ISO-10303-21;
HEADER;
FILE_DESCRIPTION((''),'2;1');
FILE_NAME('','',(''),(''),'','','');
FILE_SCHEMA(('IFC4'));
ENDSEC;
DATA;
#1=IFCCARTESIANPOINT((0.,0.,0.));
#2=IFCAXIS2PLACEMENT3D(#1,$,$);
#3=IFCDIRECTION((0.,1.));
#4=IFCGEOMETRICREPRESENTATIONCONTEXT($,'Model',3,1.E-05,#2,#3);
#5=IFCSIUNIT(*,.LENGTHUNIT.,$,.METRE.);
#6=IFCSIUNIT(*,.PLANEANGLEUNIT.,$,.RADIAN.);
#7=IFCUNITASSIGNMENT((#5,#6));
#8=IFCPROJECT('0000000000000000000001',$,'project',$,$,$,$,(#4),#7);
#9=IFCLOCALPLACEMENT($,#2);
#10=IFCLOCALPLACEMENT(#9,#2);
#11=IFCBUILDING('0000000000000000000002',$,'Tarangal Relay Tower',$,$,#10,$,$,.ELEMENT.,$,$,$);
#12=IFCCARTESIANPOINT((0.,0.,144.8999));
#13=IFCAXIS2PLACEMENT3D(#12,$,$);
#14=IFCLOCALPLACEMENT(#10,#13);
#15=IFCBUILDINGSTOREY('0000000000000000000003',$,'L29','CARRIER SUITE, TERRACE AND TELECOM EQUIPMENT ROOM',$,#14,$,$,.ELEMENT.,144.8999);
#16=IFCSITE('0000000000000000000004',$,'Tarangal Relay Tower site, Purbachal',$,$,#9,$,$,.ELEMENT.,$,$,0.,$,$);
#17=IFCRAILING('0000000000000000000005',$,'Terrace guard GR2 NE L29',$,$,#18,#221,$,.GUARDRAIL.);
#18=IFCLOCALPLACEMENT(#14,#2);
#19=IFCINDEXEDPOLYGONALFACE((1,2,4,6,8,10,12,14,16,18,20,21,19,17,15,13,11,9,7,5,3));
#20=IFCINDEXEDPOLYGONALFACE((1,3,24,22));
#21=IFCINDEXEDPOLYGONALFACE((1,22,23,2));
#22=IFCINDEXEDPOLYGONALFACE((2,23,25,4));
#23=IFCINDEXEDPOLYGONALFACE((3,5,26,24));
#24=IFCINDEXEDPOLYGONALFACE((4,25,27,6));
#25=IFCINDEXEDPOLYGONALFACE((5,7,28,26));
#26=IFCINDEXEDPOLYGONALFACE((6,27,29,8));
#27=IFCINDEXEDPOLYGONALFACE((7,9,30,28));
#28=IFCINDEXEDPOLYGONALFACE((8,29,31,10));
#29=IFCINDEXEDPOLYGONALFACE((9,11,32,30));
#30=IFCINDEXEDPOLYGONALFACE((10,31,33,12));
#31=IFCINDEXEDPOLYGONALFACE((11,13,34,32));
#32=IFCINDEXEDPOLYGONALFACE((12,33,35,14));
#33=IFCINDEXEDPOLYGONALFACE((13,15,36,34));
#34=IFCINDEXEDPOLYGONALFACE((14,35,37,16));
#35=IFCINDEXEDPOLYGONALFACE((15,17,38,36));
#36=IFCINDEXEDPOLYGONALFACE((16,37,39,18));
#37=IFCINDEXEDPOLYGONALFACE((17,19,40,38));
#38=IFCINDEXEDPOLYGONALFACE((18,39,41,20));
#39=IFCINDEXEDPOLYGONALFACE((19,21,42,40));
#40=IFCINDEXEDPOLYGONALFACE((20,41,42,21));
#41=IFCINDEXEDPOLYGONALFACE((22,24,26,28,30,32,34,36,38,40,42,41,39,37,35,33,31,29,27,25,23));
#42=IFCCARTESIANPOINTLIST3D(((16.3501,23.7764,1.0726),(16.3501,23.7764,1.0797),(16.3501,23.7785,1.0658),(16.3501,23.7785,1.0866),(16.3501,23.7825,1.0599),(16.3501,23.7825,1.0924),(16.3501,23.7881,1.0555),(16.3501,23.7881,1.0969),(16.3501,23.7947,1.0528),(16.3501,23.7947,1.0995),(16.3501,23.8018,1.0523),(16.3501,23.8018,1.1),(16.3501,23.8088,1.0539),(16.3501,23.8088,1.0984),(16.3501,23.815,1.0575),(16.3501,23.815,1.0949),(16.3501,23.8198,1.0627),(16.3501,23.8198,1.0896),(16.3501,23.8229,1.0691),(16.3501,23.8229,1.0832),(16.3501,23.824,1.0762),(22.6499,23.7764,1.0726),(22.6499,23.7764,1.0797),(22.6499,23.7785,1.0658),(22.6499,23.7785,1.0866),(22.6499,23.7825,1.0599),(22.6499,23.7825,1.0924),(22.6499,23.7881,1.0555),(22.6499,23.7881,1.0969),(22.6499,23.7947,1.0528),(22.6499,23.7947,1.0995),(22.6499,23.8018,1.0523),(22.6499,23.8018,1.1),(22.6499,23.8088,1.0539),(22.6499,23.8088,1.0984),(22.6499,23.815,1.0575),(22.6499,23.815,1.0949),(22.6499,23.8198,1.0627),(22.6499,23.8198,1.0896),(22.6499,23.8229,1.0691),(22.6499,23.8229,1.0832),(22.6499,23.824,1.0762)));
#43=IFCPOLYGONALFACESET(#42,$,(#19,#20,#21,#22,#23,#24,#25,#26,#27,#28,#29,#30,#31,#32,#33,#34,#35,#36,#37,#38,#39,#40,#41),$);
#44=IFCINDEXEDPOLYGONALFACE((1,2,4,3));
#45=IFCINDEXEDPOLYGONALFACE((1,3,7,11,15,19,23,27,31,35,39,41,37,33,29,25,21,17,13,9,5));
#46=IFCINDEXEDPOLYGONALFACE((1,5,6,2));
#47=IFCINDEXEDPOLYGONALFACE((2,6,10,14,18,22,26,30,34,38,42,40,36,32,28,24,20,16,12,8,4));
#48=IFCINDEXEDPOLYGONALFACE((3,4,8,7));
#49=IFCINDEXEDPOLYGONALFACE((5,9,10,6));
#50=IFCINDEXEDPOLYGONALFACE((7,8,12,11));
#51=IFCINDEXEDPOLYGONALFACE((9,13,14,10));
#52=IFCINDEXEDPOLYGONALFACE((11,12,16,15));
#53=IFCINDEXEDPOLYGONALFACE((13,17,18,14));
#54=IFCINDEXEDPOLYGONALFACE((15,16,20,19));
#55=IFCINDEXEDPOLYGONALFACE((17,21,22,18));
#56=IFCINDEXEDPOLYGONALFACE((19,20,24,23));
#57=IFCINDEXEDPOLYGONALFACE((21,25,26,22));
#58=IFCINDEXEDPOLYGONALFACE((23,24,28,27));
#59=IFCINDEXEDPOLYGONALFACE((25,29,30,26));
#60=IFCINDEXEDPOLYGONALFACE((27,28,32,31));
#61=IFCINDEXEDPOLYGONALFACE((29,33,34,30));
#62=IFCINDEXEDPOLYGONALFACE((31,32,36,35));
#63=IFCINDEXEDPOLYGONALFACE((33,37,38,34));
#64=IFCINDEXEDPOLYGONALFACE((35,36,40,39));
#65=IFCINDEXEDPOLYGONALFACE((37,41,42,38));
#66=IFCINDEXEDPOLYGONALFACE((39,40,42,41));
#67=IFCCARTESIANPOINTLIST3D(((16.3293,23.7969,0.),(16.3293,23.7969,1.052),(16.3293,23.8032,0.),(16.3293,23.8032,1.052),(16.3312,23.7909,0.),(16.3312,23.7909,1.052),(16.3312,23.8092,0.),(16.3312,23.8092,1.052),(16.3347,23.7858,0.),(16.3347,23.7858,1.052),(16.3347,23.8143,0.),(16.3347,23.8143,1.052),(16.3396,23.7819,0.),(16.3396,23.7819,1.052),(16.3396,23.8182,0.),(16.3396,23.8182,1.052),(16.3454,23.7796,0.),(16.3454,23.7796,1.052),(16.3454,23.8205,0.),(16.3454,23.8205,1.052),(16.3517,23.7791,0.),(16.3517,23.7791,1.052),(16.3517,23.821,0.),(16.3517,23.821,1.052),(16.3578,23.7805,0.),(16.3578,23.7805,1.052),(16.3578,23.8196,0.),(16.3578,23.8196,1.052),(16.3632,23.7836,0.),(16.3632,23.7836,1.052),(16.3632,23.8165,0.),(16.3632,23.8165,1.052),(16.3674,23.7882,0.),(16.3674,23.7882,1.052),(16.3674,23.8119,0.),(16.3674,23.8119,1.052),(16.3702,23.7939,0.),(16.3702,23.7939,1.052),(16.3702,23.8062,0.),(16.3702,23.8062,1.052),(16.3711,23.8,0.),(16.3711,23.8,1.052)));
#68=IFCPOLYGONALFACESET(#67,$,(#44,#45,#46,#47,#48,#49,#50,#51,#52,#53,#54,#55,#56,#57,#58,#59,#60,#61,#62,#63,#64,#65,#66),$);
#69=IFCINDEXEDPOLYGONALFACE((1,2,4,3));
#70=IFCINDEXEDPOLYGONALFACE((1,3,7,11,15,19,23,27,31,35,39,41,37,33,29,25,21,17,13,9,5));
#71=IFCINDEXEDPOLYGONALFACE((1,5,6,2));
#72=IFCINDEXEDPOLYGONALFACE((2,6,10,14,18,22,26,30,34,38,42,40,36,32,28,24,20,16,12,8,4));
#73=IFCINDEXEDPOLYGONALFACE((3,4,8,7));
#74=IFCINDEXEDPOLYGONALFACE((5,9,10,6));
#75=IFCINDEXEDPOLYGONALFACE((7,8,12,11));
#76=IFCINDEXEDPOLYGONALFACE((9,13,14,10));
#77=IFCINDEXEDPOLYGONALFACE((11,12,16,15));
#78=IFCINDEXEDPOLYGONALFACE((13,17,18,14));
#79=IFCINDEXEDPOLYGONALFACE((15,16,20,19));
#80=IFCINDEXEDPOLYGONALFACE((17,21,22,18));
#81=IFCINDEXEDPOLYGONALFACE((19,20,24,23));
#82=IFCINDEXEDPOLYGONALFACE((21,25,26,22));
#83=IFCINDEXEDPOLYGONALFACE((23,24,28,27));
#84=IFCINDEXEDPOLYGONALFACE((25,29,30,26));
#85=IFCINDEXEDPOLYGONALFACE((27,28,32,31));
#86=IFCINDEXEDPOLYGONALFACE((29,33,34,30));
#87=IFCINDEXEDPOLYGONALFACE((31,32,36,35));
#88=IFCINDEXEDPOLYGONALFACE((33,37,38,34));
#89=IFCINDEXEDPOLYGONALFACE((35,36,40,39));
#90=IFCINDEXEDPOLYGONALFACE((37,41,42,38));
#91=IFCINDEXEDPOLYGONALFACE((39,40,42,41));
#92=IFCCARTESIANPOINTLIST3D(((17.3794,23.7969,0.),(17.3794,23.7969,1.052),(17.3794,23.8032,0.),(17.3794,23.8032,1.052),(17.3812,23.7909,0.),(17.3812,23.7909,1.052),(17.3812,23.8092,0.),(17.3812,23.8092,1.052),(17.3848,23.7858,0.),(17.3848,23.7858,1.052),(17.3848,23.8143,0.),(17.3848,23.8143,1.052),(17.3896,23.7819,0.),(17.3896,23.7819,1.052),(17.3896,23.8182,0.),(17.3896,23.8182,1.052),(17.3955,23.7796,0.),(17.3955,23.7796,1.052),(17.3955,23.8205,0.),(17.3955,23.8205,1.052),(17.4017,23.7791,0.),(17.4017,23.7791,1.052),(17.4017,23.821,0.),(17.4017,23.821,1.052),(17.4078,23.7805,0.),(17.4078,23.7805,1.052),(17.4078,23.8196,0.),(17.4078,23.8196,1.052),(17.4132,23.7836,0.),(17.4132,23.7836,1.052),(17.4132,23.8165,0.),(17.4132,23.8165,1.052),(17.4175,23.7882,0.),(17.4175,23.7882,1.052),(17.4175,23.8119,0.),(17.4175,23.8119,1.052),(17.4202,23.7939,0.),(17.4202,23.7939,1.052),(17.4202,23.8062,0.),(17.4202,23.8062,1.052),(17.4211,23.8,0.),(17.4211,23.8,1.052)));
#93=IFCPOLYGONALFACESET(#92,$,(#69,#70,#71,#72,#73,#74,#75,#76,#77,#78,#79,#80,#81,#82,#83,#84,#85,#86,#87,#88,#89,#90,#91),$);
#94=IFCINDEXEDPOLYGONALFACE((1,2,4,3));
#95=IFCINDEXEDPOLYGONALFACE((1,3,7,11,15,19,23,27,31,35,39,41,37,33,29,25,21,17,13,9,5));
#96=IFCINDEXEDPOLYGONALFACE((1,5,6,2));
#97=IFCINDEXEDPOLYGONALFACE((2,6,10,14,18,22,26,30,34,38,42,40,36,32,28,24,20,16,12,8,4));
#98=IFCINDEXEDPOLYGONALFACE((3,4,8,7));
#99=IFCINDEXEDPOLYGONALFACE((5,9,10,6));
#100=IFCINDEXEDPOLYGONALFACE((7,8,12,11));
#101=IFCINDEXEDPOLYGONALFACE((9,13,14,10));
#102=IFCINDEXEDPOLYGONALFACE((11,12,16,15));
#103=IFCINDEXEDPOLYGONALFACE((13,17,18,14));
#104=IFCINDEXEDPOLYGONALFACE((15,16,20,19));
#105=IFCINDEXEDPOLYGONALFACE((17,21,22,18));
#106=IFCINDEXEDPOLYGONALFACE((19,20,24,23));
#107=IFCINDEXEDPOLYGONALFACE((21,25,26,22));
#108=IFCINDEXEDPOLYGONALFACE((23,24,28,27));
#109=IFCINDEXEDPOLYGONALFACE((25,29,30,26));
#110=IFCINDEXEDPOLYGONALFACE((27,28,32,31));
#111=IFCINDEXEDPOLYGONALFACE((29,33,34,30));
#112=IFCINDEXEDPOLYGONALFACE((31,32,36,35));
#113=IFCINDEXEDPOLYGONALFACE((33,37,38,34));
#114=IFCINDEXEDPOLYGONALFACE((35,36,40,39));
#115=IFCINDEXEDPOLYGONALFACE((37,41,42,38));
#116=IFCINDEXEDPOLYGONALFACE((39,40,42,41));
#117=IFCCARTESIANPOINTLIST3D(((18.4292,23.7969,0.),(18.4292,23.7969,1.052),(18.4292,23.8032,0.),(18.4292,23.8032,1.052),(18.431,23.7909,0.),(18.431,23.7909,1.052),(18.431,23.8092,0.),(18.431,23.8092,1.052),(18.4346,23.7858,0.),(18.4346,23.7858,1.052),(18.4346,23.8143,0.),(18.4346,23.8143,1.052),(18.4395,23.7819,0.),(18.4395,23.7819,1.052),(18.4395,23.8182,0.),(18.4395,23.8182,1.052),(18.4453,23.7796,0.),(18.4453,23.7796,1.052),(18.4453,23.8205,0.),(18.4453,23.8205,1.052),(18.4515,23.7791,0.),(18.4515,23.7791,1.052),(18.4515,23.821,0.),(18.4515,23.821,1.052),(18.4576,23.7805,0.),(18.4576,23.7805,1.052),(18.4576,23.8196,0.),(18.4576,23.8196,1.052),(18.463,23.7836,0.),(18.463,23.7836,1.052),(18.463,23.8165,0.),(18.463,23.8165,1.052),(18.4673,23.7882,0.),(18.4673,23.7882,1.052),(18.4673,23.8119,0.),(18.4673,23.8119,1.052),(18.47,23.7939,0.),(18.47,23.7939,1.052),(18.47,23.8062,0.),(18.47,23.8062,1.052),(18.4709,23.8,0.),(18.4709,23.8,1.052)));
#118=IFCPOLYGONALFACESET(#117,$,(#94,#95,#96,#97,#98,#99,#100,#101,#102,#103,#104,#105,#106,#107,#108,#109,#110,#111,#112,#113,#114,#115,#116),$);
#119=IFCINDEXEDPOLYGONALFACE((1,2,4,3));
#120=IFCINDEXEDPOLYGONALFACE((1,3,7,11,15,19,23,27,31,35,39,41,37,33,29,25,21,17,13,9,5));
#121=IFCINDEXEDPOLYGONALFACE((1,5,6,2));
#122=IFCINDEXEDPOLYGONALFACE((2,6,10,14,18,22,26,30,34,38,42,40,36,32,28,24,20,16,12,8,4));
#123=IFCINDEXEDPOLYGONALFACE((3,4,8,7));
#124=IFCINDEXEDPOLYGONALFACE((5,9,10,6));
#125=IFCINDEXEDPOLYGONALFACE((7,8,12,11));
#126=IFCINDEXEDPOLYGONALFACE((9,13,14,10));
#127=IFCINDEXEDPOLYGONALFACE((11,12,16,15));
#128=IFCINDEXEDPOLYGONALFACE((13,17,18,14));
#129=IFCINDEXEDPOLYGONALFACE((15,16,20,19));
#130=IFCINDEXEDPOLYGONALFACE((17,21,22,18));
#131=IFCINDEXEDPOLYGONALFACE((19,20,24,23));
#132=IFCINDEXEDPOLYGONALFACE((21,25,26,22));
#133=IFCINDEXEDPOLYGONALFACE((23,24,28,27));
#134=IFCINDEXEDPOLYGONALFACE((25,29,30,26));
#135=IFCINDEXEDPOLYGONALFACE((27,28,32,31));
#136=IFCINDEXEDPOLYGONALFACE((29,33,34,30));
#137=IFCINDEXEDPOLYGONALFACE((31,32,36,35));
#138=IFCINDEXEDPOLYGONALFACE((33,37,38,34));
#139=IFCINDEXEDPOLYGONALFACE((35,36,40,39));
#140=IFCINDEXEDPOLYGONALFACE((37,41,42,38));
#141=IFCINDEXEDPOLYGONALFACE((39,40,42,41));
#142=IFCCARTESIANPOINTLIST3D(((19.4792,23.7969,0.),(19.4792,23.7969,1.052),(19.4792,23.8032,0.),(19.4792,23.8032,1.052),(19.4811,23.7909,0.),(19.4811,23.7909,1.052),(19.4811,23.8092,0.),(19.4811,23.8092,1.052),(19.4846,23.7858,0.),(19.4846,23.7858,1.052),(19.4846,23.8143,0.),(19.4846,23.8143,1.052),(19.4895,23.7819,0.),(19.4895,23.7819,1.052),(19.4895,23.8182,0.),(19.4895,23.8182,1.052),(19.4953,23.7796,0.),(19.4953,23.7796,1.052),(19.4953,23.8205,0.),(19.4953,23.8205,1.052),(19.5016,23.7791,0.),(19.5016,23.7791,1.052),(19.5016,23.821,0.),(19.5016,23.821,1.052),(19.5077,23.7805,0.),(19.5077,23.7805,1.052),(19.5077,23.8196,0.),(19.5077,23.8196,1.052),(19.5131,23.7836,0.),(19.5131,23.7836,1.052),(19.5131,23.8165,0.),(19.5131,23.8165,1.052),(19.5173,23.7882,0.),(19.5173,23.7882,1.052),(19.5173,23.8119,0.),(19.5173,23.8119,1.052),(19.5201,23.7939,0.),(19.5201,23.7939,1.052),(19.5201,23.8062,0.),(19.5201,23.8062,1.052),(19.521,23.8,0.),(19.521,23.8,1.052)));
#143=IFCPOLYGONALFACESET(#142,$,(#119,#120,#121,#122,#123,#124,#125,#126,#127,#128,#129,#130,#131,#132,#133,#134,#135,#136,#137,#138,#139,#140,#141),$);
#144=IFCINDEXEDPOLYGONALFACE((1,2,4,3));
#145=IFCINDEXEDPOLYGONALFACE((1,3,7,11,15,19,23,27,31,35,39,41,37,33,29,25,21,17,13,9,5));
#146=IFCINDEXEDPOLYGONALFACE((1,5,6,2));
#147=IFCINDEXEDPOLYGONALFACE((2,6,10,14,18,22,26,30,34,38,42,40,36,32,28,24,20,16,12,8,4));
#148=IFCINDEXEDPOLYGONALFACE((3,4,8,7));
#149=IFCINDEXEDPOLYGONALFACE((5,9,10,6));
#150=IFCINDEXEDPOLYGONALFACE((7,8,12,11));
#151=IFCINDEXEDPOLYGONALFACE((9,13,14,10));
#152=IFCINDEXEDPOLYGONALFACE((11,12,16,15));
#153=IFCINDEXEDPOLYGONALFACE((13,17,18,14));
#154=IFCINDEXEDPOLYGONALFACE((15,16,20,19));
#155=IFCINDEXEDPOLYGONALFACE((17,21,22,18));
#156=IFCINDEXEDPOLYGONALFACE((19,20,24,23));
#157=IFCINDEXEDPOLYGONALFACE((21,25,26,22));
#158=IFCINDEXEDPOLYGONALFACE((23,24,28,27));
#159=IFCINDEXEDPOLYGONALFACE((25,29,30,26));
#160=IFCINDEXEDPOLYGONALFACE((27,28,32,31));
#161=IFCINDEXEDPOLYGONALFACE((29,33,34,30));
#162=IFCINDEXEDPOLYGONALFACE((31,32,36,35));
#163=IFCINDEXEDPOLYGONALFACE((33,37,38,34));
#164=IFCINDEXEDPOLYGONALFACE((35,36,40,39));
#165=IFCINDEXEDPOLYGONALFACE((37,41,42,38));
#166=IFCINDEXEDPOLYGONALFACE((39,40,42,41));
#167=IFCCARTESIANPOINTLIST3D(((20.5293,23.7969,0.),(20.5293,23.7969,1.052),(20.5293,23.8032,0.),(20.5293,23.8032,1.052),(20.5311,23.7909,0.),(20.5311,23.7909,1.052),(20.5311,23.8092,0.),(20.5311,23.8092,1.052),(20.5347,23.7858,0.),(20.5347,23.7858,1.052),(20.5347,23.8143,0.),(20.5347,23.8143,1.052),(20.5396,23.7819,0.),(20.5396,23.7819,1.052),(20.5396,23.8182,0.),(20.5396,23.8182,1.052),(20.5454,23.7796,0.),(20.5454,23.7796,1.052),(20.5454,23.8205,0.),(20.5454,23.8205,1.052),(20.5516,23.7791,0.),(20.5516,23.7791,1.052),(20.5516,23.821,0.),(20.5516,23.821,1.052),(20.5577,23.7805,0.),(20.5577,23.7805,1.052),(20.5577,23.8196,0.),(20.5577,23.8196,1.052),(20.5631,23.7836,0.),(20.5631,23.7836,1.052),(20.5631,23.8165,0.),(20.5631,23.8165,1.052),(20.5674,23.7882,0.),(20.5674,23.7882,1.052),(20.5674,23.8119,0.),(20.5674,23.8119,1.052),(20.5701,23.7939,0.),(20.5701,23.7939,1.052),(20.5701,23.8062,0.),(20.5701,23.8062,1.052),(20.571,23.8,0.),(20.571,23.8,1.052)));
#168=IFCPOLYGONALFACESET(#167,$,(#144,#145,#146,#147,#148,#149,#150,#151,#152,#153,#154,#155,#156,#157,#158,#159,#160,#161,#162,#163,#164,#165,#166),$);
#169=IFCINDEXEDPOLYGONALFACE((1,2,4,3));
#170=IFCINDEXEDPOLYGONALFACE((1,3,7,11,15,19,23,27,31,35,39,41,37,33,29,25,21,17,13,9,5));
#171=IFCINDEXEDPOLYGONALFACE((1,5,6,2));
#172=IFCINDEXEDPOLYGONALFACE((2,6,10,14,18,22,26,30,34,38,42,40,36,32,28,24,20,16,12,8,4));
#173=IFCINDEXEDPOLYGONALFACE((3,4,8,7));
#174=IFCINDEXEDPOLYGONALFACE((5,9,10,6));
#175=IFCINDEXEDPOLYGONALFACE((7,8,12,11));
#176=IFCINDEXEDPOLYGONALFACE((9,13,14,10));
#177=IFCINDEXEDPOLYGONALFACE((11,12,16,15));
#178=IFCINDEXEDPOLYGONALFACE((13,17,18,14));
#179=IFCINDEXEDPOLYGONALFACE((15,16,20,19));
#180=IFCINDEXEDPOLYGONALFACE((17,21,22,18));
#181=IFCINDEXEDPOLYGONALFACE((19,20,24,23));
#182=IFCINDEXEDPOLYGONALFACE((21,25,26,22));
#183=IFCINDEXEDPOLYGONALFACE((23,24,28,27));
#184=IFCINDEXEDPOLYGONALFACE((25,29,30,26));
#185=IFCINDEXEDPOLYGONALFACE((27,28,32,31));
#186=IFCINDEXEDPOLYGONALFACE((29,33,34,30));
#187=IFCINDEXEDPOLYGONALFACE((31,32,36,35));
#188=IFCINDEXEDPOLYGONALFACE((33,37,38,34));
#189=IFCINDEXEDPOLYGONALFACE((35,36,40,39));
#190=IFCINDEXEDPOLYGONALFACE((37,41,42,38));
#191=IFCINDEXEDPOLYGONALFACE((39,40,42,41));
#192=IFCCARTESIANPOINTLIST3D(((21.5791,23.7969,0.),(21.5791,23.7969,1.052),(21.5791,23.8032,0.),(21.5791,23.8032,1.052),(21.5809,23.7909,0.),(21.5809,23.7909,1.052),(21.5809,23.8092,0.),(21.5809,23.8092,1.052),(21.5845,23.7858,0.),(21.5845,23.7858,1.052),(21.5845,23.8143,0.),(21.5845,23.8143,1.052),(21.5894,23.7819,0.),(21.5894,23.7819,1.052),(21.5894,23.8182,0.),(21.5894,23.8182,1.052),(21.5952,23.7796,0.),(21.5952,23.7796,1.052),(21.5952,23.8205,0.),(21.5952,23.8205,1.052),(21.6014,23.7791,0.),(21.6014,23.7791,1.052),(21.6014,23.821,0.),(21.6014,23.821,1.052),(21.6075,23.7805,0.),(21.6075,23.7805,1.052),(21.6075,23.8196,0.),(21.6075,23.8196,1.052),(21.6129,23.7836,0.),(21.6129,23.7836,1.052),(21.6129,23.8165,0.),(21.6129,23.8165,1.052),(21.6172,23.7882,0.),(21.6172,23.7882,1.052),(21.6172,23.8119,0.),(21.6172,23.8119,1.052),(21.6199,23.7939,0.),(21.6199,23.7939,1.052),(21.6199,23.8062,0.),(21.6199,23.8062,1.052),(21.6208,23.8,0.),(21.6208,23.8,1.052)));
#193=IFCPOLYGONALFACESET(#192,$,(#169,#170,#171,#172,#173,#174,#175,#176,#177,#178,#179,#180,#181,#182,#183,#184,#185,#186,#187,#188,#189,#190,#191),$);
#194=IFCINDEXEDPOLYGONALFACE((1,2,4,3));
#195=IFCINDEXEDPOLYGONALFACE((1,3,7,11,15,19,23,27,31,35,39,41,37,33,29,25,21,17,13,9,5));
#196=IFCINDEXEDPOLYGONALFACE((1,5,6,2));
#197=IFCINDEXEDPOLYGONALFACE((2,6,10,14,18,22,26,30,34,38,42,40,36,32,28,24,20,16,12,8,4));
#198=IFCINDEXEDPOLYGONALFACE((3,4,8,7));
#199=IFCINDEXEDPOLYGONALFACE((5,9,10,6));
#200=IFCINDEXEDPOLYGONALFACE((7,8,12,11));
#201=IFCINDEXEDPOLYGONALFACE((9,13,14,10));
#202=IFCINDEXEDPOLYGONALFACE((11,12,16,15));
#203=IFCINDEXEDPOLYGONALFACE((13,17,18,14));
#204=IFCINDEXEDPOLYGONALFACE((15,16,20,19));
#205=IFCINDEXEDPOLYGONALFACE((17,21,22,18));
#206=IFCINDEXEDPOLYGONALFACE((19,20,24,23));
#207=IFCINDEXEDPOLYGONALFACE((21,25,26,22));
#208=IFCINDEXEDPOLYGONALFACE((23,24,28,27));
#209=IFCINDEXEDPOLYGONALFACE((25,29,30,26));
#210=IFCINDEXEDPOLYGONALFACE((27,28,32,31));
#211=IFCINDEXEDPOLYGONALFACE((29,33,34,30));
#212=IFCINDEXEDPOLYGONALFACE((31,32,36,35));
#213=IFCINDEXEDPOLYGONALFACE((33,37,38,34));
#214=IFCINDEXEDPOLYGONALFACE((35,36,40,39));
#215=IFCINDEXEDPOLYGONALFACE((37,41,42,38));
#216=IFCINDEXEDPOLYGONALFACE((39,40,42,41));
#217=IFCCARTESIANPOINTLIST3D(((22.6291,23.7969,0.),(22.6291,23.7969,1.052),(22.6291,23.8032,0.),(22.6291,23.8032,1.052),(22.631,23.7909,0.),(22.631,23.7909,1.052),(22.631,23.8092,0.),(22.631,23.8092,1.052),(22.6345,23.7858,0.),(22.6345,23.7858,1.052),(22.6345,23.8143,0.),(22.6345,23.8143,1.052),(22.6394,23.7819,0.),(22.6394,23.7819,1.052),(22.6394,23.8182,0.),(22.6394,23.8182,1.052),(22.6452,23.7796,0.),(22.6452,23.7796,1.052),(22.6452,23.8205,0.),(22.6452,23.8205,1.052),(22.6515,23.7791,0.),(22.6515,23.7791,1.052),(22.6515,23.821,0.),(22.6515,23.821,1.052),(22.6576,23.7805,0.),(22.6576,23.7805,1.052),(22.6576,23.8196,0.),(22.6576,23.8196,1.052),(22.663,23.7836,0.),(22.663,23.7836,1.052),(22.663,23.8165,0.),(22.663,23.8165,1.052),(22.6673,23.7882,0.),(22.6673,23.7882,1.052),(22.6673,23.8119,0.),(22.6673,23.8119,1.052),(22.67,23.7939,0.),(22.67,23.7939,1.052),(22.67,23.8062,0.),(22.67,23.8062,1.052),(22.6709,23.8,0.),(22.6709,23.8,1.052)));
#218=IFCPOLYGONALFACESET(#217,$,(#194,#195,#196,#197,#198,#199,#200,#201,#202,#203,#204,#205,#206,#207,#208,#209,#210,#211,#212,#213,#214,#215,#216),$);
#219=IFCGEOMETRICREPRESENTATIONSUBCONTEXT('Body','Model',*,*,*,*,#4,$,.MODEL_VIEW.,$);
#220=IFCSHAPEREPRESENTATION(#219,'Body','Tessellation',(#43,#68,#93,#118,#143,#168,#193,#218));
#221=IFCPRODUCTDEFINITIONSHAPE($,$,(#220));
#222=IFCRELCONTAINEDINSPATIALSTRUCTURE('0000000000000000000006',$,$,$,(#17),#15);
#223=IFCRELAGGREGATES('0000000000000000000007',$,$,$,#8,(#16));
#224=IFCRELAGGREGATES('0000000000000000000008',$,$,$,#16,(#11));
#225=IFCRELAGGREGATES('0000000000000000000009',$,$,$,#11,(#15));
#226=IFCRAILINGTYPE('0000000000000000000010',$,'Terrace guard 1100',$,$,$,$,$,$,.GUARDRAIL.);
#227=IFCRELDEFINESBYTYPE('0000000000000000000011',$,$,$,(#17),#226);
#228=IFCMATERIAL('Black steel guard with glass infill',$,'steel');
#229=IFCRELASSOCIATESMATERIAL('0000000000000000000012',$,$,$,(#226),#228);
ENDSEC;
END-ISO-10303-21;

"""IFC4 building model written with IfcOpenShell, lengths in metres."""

from ifc_helpers import new_model, si_unit, direction, frame, origin, origin_2d, place, context, subcontext, project, spatial, circle, extrude, material, type_object, element, save


model = new_model("IFC4")

# Units and contexts
model_context = context("Model", 3, precision=1e-05, world=origin(), true_north=direction((0.0, 1.0)))
body_context = subcontext(model_context, "Body", "Model", "MODEL_VIEW")
ifc_project = project(units=[si_unit("LENGTHUNIT", "METRE"), si_unit("PLANEANGLEUNIT", "RADIAN")], contexts=[model_context])

# Site, building, storey
site_placement = place(None, origin())
site = spatial("IfcSite", under=ifc_project, at=site_placement, Name="Tarangal Relay Tower site, Purbachal", CompositionType="ELEMENT", RefElevation=0.0)
building_placement = place(site_placement, origin())
building = spatial("IfcBuilding", under=site, at=building_placement, Name="Tarangal Relay Tower", CompositionType="ELEMENT")
storey_placement = place(building_placement, frame((0.0, 0.0, 144.8999)))
storey = spatial("IfcBuildingStorey", under=building, at=storey_placement, Name="L29", Description="CARRIER SUITE, TERRACE AND TELECOM EQUIPMENT ROOM", CompositionType="ELEMENT", Elevation=144.8999)

# Railing
ifc_material_1 = material(Name="Black steel guard with glass infill", Category="steel")
railing_type = type_object("IfcRailingType", Name="Terrace guard 1100", PredefinedType="GUARDRAIL", material=ifc_material_1)
railing_1_placement = place(storey_placement, frame((16.3501, 23.8, 0.0)))
element("IfcRailing", 1, at=railing_1_placement, inside=storey, type_object=railing_type, Name="Terrace guard GR2 NE L29", PredefinedType="GUARDRAIL", context=body_context, shape_type="SweptSolid", body=[
    extrude(circle(Radius=0.0239, at=origin_2d()), frame((0.0, 0.0, 1.0762), z_axis=(1.0, 0.0, 0.0), x_axis=(0.0, 1.0, 0.0)), (0.0, 0.0, 1.0), 6.2998),
    extrude(circle(Radius=0.021, at=origin_2d()), origin(), (0.0, 0.0, 1.0), 1.052),
    extrude(circle(Radius=0.021, at=origin_2d()), frame((1.05, 0.0, 0.0)), (0.0, 0.0, 1.0), 1.052),
    extrude(circle(Radius=0.021, at=origin_2d()), frame((2.0999, 0.0, 0.0)), (0.0, 0.0, 1.0), 1.052),
    extrude(circle(Radius=0.021, at=origin_2d()), frame((3.1499, 0.0, 0.0)), (0.0, 0.0, 1.0), 1.052),
    extrude(circle(Radius=0.021, at=origin_2d()), frame((4.2, 0.0, 0.0)), (0.0, 0.0, 1.0), 1.052),
    extrude(circle(Radius=0.021, at=origin_2d()), frame((5.2498, 0.0, 0.0)), (0.0, 0.0, 1.0), 1.052),
    extrude(circle(Radius=0.021, at=origin_2d()), frame((6.2998, 0.0, 0.0)), (0.0, 0.0, 1.0), 1.052),
])

save(model, "model.ifc")
